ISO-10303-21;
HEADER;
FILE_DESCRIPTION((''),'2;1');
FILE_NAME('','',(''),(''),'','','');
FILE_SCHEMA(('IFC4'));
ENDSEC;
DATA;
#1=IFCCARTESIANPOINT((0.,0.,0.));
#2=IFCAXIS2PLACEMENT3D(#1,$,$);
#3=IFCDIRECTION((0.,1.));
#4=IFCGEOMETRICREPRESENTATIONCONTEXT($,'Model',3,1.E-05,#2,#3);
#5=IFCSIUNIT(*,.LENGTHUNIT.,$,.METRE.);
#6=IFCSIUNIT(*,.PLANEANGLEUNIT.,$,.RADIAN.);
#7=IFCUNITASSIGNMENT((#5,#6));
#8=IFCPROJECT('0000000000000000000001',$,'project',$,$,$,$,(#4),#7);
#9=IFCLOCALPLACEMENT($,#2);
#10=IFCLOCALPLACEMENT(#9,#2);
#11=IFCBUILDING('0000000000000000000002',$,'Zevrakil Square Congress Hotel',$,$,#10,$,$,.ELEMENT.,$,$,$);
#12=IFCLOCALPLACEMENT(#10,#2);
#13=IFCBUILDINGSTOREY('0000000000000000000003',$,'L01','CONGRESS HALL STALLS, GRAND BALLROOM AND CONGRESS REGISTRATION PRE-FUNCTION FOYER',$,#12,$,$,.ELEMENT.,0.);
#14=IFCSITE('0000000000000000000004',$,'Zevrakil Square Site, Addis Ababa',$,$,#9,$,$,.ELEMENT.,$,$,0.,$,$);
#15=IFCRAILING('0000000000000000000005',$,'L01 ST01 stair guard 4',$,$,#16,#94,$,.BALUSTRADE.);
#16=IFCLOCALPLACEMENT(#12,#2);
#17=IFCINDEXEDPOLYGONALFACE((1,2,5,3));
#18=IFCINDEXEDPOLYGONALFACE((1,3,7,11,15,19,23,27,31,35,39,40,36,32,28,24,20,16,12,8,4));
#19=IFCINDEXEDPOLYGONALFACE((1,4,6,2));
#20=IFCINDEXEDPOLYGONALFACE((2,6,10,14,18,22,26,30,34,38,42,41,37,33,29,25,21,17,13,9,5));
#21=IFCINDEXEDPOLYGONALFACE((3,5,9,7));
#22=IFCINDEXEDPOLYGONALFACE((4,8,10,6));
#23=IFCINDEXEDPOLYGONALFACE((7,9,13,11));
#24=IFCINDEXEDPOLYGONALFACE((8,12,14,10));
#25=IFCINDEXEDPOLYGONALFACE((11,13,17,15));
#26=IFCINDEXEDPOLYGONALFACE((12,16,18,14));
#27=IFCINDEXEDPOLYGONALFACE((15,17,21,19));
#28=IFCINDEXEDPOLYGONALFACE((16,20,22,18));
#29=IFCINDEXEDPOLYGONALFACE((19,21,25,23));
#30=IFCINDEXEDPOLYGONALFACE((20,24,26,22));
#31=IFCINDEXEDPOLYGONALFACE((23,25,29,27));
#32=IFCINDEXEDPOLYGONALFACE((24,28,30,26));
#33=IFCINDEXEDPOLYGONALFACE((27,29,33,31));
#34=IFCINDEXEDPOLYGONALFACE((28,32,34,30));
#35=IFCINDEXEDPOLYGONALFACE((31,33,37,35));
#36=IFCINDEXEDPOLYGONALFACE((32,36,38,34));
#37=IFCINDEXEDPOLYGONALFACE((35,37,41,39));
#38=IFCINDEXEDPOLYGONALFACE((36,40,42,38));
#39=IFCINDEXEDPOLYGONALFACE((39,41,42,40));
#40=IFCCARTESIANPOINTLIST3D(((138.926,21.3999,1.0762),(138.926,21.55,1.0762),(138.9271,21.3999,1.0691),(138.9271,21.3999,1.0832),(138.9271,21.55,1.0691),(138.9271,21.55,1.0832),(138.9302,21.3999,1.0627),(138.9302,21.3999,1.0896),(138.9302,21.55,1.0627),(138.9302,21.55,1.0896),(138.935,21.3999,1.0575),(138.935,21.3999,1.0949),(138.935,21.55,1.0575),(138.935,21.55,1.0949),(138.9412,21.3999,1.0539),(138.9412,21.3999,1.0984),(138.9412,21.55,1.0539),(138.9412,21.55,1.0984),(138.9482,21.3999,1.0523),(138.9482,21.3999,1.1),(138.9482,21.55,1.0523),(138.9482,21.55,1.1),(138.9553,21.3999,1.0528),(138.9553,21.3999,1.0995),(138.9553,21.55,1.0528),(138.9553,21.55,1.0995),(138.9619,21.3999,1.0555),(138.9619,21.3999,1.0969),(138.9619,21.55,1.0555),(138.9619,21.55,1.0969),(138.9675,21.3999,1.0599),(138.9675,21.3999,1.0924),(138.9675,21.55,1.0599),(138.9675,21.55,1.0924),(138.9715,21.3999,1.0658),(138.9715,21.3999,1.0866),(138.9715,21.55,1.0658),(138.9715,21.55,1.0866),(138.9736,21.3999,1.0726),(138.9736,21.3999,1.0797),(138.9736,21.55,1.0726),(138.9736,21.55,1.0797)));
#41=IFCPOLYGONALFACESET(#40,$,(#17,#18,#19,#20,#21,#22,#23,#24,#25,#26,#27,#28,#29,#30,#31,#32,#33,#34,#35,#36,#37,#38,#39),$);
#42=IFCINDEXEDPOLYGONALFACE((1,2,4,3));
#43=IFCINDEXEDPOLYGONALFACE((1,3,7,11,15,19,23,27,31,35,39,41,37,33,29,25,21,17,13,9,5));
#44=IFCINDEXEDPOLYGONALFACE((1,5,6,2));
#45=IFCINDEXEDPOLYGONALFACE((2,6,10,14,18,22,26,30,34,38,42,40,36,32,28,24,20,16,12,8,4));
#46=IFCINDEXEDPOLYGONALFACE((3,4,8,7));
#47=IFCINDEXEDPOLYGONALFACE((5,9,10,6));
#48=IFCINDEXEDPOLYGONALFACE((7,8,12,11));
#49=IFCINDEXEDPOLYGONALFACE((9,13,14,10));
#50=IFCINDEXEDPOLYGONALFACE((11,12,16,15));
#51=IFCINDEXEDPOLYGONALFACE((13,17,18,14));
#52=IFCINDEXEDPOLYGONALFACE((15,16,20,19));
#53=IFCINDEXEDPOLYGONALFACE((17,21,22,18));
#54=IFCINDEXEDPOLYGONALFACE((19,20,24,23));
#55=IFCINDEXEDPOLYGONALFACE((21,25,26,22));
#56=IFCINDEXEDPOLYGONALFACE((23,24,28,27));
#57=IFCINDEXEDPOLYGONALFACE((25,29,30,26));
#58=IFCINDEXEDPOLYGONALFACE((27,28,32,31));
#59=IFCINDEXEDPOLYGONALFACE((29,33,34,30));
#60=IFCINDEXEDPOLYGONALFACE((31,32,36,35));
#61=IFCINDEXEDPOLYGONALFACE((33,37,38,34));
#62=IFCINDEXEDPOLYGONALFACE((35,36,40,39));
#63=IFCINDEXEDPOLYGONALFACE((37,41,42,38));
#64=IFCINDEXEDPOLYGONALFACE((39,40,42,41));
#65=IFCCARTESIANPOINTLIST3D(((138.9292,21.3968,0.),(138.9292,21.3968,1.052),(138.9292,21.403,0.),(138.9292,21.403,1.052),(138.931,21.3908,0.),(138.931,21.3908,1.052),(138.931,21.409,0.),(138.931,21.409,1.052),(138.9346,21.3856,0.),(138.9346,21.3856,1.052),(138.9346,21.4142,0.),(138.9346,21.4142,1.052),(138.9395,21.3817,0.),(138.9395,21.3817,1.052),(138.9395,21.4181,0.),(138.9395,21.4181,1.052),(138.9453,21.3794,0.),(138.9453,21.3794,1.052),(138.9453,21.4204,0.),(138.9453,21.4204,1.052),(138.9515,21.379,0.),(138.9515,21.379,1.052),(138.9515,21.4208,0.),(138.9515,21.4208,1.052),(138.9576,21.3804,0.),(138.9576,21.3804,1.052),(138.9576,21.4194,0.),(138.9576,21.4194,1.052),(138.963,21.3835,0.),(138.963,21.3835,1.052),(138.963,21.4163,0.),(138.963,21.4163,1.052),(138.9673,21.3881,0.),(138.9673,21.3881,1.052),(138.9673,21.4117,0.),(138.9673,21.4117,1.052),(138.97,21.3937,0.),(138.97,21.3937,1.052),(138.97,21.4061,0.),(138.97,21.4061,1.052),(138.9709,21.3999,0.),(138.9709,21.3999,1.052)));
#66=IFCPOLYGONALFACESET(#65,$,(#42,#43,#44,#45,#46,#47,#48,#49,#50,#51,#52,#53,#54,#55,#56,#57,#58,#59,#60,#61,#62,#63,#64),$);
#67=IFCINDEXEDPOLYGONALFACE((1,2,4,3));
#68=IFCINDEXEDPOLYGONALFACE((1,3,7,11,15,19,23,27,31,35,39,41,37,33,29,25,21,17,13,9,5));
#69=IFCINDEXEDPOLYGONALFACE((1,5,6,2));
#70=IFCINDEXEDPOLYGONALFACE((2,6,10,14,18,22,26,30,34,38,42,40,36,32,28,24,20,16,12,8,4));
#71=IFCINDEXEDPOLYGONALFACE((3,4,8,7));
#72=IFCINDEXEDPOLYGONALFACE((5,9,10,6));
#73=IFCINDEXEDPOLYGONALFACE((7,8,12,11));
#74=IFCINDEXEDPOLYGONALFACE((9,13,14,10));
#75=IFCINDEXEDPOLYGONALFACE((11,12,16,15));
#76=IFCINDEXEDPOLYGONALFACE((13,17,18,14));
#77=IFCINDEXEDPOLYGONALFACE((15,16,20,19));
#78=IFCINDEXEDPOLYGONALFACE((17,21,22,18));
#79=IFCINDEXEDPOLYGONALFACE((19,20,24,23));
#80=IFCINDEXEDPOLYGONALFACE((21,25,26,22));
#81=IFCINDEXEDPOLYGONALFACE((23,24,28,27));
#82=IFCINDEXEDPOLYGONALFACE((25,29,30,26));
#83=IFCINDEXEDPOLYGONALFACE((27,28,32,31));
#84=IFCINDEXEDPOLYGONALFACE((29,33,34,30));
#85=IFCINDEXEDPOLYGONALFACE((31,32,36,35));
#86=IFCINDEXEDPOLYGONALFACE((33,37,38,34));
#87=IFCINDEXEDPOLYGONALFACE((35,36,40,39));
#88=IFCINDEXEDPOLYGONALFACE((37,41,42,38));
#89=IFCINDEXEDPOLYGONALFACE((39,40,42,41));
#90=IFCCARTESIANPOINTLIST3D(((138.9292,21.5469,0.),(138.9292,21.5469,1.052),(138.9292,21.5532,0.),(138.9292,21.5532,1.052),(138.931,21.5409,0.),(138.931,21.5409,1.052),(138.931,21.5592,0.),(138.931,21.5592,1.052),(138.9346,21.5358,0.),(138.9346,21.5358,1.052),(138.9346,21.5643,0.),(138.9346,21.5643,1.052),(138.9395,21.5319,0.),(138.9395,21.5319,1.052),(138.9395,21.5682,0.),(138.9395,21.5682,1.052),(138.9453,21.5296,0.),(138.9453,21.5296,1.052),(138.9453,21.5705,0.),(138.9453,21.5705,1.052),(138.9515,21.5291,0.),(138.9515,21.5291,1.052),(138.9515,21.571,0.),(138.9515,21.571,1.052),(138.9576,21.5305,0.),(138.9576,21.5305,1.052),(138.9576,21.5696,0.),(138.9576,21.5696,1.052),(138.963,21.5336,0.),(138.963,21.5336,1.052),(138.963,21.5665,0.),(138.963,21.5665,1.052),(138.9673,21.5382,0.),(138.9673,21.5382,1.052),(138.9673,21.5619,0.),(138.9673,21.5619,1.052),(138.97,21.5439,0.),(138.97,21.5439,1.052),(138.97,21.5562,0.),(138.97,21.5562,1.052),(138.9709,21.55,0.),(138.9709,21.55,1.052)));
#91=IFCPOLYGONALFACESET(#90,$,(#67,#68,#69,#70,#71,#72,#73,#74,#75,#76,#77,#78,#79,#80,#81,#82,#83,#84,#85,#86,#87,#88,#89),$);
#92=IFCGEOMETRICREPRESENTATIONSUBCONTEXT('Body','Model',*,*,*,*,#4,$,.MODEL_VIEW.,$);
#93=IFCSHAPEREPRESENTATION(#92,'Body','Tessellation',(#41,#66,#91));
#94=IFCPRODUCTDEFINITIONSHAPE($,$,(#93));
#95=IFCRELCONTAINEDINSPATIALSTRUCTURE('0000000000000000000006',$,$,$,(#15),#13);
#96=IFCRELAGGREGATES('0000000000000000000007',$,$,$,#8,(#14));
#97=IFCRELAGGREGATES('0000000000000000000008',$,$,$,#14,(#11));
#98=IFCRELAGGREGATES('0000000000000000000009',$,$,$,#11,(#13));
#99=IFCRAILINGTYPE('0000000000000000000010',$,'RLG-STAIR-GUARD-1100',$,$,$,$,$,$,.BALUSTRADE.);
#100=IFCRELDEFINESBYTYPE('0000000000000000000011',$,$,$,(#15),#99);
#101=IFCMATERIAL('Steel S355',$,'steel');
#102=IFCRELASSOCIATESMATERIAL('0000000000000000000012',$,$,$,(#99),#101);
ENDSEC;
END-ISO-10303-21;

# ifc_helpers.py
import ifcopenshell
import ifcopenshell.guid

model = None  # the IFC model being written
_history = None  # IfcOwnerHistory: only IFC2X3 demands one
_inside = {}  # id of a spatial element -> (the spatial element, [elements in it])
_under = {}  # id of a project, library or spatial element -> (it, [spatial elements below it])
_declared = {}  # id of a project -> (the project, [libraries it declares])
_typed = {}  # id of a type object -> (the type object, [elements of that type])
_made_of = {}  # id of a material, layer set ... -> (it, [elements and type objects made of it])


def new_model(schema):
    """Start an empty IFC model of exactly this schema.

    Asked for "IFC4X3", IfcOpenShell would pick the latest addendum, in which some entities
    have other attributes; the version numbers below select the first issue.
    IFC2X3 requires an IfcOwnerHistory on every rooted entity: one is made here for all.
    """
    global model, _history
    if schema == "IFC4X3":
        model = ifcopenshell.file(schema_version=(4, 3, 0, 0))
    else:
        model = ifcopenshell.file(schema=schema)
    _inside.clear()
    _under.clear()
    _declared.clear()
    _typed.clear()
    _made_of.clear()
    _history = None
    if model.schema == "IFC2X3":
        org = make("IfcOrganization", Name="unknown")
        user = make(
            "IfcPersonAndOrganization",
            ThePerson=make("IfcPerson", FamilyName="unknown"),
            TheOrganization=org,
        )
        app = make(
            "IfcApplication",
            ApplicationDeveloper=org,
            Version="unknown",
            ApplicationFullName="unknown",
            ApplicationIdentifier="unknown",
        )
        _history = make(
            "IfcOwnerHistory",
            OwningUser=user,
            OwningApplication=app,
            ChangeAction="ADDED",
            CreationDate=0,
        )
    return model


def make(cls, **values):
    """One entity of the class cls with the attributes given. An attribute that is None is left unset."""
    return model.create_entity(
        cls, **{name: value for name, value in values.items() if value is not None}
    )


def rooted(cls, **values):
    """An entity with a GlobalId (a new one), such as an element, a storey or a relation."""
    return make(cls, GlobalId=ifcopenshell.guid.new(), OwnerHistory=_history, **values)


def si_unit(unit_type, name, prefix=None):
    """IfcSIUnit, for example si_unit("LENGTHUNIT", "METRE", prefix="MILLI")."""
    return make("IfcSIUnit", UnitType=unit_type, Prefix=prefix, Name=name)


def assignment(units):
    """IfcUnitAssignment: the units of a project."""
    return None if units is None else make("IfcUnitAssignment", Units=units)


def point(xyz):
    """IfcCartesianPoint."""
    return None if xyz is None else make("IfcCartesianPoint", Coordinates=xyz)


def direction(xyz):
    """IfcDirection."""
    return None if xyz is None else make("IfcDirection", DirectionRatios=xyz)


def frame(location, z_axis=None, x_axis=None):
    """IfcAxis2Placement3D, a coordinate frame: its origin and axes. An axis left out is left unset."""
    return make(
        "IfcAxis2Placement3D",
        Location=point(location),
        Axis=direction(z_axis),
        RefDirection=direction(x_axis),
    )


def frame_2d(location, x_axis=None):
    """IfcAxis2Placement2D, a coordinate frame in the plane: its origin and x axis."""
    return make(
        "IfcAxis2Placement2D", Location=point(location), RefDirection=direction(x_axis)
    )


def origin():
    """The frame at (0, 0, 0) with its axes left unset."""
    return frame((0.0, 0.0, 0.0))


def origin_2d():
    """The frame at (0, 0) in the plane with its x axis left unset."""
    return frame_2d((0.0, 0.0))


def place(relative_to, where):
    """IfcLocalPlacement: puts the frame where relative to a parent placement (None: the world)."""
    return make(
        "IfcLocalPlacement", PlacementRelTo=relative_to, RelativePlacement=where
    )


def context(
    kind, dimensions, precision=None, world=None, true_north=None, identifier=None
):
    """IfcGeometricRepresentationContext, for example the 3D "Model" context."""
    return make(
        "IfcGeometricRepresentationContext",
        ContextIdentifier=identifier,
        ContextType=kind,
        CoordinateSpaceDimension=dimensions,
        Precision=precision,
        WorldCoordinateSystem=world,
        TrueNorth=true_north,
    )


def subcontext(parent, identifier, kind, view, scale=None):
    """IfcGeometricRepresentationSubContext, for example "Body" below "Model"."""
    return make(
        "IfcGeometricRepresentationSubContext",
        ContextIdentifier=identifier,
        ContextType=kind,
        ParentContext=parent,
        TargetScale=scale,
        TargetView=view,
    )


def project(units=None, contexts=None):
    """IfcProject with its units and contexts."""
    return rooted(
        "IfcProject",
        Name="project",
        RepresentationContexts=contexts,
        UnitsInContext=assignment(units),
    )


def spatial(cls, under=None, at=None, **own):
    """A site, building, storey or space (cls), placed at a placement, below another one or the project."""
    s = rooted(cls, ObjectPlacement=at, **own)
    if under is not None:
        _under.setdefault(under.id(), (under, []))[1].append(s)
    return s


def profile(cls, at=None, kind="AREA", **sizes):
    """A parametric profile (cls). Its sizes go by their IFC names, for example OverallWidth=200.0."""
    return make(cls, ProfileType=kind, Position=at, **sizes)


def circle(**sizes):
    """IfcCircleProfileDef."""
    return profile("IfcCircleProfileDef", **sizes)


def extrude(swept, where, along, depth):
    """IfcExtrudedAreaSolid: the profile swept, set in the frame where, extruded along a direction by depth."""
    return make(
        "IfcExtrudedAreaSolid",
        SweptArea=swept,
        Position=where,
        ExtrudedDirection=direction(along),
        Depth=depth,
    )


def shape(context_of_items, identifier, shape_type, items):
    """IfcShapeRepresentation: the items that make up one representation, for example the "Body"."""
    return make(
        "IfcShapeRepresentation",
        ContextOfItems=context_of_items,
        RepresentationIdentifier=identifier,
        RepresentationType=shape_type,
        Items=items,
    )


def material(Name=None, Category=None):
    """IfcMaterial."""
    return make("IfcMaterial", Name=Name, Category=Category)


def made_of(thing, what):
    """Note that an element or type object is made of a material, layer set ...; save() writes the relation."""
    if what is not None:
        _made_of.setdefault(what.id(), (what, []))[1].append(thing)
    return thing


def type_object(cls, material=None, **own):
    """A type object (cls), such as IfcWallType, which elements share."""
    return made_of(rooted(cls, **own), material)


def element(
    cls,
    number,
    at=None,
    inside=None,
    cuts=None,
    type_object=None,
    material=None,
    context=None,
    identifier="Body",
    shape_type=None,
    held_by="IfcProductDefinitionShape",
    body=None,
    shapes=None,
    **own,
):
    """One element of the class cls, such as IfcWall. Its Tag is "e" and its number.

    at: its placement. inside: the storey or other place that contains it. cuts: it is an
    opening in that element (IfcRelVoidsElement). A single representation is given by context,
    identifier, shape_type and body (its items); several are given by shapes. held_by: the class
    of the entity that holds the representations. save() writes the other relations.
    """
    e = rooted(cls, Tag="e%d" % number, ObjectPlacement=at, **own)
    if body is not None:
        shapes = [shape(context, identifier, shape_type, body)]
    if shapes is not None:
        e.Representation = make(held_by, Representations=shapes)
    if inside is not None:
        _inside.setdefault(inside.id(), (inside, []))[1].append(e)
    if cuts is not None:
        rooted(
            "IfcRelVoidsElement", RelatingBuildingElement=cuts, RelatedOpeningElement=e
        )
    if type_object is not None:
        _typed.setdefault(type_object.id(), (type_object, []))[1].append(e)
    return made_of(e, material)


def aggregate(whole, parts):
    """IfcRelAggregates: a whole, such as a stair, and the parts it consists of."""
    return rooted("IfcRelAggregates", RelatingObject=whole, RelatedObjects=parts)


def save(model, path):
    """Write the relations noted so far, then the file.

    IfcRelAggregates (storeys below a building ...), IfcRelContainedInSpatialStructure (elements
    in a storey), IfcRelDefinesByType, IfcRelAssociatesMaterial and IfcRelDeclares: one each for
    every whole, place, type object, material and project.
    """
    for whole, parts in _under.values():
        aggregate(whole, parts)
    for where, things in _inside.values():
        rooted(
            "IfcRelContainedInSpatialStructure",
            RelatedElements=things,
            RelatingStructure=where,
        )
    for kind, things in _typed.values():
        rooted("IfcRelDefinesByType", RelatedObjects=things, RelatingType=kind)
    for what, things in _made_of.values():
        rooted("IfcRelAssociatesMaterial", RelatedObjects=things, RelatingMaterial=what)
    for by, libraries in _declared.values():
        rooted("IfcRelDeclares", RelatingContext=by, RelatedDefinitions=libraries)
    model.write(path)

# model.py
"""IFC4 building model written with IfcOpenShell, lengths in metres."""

from ifc_helpers import new_model, si_unit, direction, frame, origin, origin_2d, place, context, subcontext, project, spatial, circle, extrude, material, type_object, element, save


model = new_model("IFC4")

# Units and contexts
model_context = context("Model", 3, precision=1e-05, world=origin(), true_north=direction((0.0, 1.0)))
body_context = subcontext(model_context, "Body", "Model", "MODEL_VIEW")
ifc_project = project(units=[si_unit("LENGTHUNIT", "METRE"), si_unit("PLANEANGLEUNIT", "RADIAN")], contexts=[model_context])

# Site, building, storey
site_placement = place(None, origin())
site = spatial("IfcSite", under=ifc_project, at=site_placement, Name="Zevrakil Square Site, Addis Ababa", CompositionType="ELEMENT", RefElevation=0.0)
building_placement = place(site_placement, origin())
building = spatial("IfcBuilding", under=site, at=building_placement, Name="Zevrakil Square Congress Hotel", CompositionType="ELEMENT")
storey_placement = place(building_placement, origin())
storey = spatial("IfcBuildingStorey", under=building, at=storey_placement, Name="L01", Description="CONGRESS HALL STALLS, GRAND BALLROOM AND CONGRESS REGISTRATION PRE-FUNCTION FOYER", CompositionType="ELEMENT", Elevation=0.0)

# Railing
ifc_material_1 = material(Name="Steel S355", Category="steel")
railing_type_1 = type_object("IfcRailingType", Name="RLG-STAIR-GUARD-1100", PredefinedType="BALUSTRADE", material=ifc_material_1)
railing_1_placement = place(storey_placement, frame((138.95, 21.3999, 0.0)))
element("IfcRailing", 1, at=railing_1_placement, inside=storey, type_object=railing_type_1, Name="L01 ST01 stair guard 4", PredefinedType="BALUSTRADE", context=body_context, shape_type="SweptSolid", body=[
    extrude(circle(Radius=0.0239, at=origin_2d()), frame((0.0, 0.0, 1.0762), z_axis=(0.0, 1.0, 0.0), x_axis=(-1.0, 0.0, 0.0)), (0.0, 0.0, 1.0), 0.1501),
    extrude(circle(Radius=0.021, at=origin_2d()), origin(), (0.0, 0.0, 1.0), 1.052),
    extrude(circle(Radius=0.021, at=origin_2d()), frame((0.0, 0.1501, 0.0)), (0.0, 0.0, 1.0), 1.052),
])

save(model, "model.ifc")
